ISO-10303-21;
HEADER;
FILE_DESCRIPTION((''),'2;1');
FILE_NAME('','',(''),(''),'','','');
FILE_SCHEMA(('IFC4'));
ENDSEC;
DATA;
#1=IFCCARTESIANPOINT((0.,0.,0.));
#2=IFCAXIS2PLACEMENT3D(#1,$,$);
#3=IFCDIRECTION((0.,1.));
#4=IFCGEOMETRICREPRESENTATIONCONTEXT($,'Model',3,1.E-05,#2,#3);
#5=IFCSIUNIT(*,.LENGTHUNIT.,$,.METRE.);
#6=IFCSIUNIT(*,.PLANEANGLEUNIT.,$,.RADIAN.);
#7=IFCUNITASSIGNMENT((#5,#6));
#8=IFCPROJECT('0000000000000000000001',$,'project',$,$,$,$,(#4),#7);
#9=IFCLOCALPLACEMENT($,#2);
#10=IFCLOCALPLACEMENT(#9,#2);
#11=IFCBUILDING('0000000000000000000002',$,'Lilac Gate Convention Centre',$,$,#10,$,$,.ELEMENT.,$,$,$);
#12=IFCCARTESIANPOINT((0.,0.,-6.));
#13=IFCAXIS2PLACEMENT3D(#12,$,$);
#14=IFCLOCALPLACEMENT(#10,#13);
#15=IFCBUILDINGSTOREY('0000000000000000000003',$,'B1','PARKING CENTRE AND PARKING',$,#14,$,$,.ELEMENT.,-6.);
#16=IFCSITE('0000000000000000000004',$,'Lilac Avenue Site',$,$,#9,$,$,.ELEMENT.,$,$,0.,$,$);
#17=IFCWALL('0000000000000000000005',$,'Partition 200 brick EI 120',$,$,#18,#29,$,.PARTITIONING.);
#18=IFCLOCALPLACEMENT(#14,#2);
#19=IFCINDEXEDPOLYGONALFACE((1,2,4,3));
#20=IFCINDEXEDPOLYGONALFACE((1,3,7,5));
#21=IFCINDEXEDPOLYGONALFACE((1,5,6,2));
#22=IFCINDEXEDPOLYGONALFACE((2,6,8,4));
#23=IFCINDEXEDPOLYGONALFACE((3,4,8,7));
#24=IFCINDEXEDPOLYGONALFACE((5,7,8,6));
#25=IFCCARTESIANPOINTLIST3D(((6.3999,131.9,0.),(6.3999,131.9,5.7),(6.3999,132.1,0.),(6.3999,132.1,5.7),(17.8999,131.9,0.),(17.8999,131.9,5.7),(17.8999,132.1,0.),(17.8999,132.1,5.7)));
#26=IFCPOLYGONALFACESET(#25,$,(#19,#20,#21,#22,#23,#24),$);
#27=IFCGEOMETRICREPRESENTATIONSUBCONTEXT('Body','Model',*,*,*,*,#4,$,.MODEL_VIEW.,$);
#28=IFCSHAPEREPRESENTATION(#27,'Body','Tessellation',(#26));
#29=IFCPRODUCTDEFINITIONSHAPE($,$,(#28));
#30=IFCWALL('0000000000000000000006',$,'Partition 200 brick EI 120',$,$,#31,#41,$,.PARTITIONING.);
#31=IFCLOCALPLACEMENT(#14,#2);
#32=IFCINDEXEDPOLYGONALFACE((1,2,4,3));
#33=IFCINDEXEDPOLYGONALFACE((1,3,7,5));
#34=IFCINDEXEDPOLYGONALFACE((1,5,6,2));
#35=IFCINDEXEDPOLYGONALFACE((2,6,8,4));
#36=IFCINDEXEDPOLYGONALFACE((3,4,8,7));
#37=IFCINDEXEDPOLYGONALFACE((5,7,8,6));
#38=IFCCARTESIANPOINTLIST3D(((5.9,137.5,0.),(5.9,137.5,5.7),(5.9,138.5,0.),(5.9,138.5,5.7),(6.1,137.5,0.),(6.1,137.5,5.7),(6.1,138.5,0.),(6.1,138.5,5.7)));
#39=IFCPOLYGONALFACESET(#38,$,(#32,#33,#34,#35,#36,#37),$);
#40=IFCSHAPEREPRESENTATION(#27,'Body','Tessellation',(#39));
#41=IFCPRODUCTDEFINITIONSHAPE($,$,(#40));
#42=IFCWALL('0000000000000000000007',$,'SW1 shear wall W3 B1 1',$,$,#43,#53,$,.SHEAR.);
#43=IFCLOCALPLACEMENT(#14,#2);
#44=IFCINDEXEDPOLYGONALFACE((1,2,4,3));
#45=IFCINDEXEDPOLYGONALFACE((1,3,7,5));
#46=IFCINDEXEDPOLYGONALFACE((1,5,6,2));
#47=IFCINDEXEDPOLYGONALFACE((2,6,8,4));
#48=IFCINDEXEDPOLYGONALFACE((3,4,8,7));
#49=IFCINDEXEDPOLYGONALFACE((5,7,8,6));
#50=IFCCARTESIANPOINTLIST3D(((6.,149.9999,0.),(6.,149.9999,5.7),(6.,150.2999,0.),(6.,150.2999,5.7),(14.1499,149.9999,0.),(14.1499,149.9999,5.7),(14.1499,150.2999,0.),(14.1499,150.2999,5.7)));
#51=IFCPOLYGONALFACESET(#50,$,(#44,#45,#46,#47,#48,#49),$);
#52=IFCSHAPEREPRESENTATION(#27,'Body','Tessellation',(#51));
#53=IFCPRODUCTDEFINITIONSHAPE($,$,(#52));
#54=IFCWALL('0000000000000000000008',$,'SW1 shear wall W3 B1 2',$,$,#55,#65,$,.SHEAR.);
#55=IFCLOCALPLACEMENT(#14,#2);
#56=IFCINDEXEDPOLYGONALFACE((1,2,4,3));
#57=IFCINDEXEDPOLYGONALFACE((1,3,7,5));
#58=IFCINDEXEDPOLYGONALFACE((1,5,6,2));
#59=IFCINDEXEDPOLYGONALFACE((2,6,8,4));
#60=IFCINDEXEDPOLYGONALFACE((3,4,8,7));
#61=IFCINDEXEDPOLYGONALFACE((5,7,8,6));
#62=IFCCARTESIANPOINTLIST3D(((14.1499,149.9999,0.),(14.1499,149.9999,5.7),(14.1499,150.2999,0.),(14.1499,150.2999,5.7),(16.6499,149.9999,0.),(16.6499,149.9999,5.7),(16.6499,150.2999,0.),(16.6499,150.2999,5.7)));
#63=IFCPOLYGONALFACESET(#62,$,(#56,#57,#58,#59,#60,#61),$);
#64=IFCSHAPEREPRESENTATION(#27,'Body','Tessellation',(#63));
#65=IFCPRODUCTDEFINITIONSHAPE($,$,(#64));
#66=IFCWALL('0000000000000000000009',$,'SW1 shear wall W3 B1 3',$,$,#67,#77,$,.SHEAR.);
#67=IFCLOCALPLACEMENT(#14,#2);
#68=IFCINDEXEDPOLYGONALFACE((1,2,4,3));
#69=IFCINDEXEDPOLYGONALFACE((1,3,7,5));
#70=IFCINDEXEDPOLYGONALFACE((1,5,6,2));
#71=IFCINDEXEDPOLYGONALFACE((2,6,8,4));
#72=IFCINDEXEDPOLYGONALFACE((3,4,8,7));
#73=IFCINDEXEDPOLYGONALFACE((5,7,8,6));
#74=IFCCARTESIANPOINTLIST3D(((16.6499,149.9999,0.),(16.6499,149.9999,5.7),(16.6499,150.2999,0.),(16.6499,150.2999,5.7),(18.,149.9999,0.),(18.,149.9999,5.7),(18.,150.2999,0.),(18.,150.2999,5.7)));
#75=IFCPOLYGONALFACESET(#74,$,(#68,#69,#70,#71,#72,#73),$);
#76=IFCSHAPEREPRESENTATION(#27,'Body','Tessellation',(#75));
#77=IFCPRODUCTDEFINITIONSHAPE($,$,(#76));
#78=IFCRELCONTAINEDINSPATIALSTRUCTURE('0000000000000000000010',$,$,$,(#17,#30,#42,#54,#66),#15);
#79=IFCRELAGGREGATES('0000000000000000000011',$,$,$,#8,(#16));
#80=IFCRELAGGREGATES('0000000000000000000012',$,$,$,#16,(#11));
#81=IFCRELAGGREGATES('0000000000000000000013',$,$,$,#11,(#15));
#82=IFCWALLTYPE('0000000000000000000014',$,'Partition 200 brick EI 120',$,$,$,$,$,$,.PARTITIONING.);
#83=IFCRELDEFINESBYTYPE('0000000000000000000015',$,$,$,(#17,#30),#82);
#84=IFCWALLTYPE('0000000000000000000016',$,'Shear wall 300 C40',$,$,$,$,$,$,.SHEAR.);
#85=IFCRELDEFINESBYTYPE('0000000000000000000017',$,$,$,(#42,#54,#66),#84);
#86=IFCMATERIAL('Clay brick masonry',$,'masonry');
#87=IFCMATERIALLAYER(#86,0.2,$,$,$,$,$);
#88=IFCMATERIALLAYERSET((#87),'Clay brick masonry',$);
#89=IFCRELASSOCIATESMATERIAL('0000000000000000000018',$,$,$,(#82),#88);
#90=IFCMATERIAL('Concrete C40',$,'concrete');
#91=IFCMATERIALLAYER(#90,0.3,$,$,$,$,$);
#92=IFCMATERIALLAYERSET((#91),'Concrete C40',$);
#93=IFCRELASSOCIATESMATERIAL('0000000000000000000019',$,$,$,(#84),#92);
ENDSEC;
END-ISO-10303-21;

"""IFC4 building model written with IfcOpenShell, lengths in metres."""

from ifc_helpers import new_model, si_unit, direction, frame, frame_2d, origin, place, context, subcontext, project, spatial, rectangle, extrude, material, layer, layer_set, type_object, element, save


model = new_model("IFC4")

# Units and contexts
model_context = context("Model", 3, precision=1e-05, world=origin(), true_north=direction((0.0, 1.0)))
body_context = subcontext(model_context, "Body", "Model", "MODEL_VIEW")
ifc_project = project(units=[si_unit("LENGTHUNIT", "METRE"), si_unit("PLANEANGLEUNIT", "RADIAN")], contexts=[model_context])

# Site, building, storey
site_placement = place(None, origin())
site = spatial("IfcSite", under=ifc_project, at=site_placement, Name="Lilac Avenue Site", CompositionType="ELEMENT", RefElevation=0.0)
building_placement = place(site_placement, origin())
building = spatial("IfcBuilding", under=site, at=building_placement, Name="Lilac Gate Convention Centre", CompositionType="ELEMENT")
storey_placement = place(building_placement, frame((0.0, 0.0, -6.0)))
storey = spatial("IfcBuildingStorey", under=building, at=storey_placement, Name="B1", Description="PARKING CENTRE AND PARKING", CompositionType="ELEMENT", Elevation=-6.0)

# Shared definitions
ifc_material_1 = material(Name="Concrete C40", Category="concrete")

# Walls
ifc_material_2 = material(Name="Clay brick masonry", Category="masonry")
ifc_layer_1 = layer(ifc_material_2, 0.2)
ifc_layer_set_1 = layer_set([ifc_layer_1], Name="Clay brick masonry")
wall_type_1 = type_object("IfcWallType", Name="Partition 200 brick EI 120", PredefinedType="PARTITIONING", material=ifc_layer_set_1)
wall_1_placement = place(storey_placement, frame((6.3999, 132.0, 0.0), z_axis=(0.0, 0.0, 1.0), x_axis=(1.0, 0.0, 0.0)))
element("IfcWall", 1, at=wall_1_placement, inside=storey, type_object=wall_type_1, Name="Partition 200 brick EI 120", PredefinedType="PARTITIONING", context=body_context, shape_type="SweptSolid", body=[
    extrude(rectangle(XDim=11.5, YDim=0.2, at=frame_2d((5.75, 0.0))), origin(), (0.0, 0.0, 1.0), 5.7),
])
wall_2_placement = place(storey_placement, frame((6.0, 137.5, 0.0), z_axis=(0.0, 0.0, 1.0), x_axis=(0.0, 1.0, 0.0)))
element("IfcWall", 2, at=wall_2_placement, inside=storey, type_object=wall_type_1, Name="Partition 200 brick EI 120", PredefinedType="PARTITIONING", context=body_context, shape_type="SweptSolid", body=[
    extrude(rectangle(XDim=1.0, YDim=0.2, at=frame_2d((0.5, 0.0))), origin(), (0.0, 0.0, 1.0), 5.7),
])
ifc_layer_2 = layer(ifc_material_1, 0.3)
ifc_layer_set_2 = layer_set([ifc_layer_2], Name="Concrete C40")
wall_type_2 = type_object("IfcWallType", Name="Shear wall 300 C40", PredefinedType="SHEAR", material=ifc_layer_set_2)
wall_3_placement = place(storey_placement, frame((6.0, 150.1499, 0.0), z_axis=(0.0, 0.0, 1.0), x_axis=(1.0, 0.0, 0.0)))
element("IfcWall", 3, at=wall_3_placement, inside=storey, type_object=wall_type_2, Name="SW1 shear wall W3 B1 1", PredefinedType="SHEAR", context=body_context, shape_type="SweptSolid", body=[
    extrude(rectangle(XDim=8.1499, YDim=0.3, at=frame_2d((4.075, 0.0))), origin(), (0.0, 0.0, 1.0), 5.7),
])
wall_4_placement = place(storey_placement, frame((14.1499, 150.1499, 0.0), z_axis=(0.0, 0.0, 1.0), x_axis=(1.0, 0.0, 0.0)))
element("IfcWall", 4, at=wall_4_placement, inside=storey, type_object=wall_type_2, Name="SW1 shear wall W3 B1 2", PredefinedType="SHEAR", context=body_context, shape_type="SweptSolid", body=[
    extrude(rectangle(XDim=2.5, YDim=0.3, at=frame_2d((1.25, 0.0))), origin(), (0.0, 0.0, 1.0), 5.7),
])
wall_5_placement = place(storey_placement, frame((16.6499, 150.1499, 0.0), z_axis=(0.0, 0.0, 1.0), x_axis=(1.0, 0.0, 0.0)))
element("IfcWall", 5, at=wall_5_placement, inside=storey, type_object=wall_type_2, Name="SW1 shear wall W3 B1 3", PredefinedType="SHEAR", context=body_context, shape_type="SweptSolid", body=[
    extrude(rectangle(XDim=1.3501, YDim=0.3, at=frame_2d((0.675, 0.0))), origin(), (0.0, 0.0, 1.0), 5.7),
])

save(model, "model.ifc")
